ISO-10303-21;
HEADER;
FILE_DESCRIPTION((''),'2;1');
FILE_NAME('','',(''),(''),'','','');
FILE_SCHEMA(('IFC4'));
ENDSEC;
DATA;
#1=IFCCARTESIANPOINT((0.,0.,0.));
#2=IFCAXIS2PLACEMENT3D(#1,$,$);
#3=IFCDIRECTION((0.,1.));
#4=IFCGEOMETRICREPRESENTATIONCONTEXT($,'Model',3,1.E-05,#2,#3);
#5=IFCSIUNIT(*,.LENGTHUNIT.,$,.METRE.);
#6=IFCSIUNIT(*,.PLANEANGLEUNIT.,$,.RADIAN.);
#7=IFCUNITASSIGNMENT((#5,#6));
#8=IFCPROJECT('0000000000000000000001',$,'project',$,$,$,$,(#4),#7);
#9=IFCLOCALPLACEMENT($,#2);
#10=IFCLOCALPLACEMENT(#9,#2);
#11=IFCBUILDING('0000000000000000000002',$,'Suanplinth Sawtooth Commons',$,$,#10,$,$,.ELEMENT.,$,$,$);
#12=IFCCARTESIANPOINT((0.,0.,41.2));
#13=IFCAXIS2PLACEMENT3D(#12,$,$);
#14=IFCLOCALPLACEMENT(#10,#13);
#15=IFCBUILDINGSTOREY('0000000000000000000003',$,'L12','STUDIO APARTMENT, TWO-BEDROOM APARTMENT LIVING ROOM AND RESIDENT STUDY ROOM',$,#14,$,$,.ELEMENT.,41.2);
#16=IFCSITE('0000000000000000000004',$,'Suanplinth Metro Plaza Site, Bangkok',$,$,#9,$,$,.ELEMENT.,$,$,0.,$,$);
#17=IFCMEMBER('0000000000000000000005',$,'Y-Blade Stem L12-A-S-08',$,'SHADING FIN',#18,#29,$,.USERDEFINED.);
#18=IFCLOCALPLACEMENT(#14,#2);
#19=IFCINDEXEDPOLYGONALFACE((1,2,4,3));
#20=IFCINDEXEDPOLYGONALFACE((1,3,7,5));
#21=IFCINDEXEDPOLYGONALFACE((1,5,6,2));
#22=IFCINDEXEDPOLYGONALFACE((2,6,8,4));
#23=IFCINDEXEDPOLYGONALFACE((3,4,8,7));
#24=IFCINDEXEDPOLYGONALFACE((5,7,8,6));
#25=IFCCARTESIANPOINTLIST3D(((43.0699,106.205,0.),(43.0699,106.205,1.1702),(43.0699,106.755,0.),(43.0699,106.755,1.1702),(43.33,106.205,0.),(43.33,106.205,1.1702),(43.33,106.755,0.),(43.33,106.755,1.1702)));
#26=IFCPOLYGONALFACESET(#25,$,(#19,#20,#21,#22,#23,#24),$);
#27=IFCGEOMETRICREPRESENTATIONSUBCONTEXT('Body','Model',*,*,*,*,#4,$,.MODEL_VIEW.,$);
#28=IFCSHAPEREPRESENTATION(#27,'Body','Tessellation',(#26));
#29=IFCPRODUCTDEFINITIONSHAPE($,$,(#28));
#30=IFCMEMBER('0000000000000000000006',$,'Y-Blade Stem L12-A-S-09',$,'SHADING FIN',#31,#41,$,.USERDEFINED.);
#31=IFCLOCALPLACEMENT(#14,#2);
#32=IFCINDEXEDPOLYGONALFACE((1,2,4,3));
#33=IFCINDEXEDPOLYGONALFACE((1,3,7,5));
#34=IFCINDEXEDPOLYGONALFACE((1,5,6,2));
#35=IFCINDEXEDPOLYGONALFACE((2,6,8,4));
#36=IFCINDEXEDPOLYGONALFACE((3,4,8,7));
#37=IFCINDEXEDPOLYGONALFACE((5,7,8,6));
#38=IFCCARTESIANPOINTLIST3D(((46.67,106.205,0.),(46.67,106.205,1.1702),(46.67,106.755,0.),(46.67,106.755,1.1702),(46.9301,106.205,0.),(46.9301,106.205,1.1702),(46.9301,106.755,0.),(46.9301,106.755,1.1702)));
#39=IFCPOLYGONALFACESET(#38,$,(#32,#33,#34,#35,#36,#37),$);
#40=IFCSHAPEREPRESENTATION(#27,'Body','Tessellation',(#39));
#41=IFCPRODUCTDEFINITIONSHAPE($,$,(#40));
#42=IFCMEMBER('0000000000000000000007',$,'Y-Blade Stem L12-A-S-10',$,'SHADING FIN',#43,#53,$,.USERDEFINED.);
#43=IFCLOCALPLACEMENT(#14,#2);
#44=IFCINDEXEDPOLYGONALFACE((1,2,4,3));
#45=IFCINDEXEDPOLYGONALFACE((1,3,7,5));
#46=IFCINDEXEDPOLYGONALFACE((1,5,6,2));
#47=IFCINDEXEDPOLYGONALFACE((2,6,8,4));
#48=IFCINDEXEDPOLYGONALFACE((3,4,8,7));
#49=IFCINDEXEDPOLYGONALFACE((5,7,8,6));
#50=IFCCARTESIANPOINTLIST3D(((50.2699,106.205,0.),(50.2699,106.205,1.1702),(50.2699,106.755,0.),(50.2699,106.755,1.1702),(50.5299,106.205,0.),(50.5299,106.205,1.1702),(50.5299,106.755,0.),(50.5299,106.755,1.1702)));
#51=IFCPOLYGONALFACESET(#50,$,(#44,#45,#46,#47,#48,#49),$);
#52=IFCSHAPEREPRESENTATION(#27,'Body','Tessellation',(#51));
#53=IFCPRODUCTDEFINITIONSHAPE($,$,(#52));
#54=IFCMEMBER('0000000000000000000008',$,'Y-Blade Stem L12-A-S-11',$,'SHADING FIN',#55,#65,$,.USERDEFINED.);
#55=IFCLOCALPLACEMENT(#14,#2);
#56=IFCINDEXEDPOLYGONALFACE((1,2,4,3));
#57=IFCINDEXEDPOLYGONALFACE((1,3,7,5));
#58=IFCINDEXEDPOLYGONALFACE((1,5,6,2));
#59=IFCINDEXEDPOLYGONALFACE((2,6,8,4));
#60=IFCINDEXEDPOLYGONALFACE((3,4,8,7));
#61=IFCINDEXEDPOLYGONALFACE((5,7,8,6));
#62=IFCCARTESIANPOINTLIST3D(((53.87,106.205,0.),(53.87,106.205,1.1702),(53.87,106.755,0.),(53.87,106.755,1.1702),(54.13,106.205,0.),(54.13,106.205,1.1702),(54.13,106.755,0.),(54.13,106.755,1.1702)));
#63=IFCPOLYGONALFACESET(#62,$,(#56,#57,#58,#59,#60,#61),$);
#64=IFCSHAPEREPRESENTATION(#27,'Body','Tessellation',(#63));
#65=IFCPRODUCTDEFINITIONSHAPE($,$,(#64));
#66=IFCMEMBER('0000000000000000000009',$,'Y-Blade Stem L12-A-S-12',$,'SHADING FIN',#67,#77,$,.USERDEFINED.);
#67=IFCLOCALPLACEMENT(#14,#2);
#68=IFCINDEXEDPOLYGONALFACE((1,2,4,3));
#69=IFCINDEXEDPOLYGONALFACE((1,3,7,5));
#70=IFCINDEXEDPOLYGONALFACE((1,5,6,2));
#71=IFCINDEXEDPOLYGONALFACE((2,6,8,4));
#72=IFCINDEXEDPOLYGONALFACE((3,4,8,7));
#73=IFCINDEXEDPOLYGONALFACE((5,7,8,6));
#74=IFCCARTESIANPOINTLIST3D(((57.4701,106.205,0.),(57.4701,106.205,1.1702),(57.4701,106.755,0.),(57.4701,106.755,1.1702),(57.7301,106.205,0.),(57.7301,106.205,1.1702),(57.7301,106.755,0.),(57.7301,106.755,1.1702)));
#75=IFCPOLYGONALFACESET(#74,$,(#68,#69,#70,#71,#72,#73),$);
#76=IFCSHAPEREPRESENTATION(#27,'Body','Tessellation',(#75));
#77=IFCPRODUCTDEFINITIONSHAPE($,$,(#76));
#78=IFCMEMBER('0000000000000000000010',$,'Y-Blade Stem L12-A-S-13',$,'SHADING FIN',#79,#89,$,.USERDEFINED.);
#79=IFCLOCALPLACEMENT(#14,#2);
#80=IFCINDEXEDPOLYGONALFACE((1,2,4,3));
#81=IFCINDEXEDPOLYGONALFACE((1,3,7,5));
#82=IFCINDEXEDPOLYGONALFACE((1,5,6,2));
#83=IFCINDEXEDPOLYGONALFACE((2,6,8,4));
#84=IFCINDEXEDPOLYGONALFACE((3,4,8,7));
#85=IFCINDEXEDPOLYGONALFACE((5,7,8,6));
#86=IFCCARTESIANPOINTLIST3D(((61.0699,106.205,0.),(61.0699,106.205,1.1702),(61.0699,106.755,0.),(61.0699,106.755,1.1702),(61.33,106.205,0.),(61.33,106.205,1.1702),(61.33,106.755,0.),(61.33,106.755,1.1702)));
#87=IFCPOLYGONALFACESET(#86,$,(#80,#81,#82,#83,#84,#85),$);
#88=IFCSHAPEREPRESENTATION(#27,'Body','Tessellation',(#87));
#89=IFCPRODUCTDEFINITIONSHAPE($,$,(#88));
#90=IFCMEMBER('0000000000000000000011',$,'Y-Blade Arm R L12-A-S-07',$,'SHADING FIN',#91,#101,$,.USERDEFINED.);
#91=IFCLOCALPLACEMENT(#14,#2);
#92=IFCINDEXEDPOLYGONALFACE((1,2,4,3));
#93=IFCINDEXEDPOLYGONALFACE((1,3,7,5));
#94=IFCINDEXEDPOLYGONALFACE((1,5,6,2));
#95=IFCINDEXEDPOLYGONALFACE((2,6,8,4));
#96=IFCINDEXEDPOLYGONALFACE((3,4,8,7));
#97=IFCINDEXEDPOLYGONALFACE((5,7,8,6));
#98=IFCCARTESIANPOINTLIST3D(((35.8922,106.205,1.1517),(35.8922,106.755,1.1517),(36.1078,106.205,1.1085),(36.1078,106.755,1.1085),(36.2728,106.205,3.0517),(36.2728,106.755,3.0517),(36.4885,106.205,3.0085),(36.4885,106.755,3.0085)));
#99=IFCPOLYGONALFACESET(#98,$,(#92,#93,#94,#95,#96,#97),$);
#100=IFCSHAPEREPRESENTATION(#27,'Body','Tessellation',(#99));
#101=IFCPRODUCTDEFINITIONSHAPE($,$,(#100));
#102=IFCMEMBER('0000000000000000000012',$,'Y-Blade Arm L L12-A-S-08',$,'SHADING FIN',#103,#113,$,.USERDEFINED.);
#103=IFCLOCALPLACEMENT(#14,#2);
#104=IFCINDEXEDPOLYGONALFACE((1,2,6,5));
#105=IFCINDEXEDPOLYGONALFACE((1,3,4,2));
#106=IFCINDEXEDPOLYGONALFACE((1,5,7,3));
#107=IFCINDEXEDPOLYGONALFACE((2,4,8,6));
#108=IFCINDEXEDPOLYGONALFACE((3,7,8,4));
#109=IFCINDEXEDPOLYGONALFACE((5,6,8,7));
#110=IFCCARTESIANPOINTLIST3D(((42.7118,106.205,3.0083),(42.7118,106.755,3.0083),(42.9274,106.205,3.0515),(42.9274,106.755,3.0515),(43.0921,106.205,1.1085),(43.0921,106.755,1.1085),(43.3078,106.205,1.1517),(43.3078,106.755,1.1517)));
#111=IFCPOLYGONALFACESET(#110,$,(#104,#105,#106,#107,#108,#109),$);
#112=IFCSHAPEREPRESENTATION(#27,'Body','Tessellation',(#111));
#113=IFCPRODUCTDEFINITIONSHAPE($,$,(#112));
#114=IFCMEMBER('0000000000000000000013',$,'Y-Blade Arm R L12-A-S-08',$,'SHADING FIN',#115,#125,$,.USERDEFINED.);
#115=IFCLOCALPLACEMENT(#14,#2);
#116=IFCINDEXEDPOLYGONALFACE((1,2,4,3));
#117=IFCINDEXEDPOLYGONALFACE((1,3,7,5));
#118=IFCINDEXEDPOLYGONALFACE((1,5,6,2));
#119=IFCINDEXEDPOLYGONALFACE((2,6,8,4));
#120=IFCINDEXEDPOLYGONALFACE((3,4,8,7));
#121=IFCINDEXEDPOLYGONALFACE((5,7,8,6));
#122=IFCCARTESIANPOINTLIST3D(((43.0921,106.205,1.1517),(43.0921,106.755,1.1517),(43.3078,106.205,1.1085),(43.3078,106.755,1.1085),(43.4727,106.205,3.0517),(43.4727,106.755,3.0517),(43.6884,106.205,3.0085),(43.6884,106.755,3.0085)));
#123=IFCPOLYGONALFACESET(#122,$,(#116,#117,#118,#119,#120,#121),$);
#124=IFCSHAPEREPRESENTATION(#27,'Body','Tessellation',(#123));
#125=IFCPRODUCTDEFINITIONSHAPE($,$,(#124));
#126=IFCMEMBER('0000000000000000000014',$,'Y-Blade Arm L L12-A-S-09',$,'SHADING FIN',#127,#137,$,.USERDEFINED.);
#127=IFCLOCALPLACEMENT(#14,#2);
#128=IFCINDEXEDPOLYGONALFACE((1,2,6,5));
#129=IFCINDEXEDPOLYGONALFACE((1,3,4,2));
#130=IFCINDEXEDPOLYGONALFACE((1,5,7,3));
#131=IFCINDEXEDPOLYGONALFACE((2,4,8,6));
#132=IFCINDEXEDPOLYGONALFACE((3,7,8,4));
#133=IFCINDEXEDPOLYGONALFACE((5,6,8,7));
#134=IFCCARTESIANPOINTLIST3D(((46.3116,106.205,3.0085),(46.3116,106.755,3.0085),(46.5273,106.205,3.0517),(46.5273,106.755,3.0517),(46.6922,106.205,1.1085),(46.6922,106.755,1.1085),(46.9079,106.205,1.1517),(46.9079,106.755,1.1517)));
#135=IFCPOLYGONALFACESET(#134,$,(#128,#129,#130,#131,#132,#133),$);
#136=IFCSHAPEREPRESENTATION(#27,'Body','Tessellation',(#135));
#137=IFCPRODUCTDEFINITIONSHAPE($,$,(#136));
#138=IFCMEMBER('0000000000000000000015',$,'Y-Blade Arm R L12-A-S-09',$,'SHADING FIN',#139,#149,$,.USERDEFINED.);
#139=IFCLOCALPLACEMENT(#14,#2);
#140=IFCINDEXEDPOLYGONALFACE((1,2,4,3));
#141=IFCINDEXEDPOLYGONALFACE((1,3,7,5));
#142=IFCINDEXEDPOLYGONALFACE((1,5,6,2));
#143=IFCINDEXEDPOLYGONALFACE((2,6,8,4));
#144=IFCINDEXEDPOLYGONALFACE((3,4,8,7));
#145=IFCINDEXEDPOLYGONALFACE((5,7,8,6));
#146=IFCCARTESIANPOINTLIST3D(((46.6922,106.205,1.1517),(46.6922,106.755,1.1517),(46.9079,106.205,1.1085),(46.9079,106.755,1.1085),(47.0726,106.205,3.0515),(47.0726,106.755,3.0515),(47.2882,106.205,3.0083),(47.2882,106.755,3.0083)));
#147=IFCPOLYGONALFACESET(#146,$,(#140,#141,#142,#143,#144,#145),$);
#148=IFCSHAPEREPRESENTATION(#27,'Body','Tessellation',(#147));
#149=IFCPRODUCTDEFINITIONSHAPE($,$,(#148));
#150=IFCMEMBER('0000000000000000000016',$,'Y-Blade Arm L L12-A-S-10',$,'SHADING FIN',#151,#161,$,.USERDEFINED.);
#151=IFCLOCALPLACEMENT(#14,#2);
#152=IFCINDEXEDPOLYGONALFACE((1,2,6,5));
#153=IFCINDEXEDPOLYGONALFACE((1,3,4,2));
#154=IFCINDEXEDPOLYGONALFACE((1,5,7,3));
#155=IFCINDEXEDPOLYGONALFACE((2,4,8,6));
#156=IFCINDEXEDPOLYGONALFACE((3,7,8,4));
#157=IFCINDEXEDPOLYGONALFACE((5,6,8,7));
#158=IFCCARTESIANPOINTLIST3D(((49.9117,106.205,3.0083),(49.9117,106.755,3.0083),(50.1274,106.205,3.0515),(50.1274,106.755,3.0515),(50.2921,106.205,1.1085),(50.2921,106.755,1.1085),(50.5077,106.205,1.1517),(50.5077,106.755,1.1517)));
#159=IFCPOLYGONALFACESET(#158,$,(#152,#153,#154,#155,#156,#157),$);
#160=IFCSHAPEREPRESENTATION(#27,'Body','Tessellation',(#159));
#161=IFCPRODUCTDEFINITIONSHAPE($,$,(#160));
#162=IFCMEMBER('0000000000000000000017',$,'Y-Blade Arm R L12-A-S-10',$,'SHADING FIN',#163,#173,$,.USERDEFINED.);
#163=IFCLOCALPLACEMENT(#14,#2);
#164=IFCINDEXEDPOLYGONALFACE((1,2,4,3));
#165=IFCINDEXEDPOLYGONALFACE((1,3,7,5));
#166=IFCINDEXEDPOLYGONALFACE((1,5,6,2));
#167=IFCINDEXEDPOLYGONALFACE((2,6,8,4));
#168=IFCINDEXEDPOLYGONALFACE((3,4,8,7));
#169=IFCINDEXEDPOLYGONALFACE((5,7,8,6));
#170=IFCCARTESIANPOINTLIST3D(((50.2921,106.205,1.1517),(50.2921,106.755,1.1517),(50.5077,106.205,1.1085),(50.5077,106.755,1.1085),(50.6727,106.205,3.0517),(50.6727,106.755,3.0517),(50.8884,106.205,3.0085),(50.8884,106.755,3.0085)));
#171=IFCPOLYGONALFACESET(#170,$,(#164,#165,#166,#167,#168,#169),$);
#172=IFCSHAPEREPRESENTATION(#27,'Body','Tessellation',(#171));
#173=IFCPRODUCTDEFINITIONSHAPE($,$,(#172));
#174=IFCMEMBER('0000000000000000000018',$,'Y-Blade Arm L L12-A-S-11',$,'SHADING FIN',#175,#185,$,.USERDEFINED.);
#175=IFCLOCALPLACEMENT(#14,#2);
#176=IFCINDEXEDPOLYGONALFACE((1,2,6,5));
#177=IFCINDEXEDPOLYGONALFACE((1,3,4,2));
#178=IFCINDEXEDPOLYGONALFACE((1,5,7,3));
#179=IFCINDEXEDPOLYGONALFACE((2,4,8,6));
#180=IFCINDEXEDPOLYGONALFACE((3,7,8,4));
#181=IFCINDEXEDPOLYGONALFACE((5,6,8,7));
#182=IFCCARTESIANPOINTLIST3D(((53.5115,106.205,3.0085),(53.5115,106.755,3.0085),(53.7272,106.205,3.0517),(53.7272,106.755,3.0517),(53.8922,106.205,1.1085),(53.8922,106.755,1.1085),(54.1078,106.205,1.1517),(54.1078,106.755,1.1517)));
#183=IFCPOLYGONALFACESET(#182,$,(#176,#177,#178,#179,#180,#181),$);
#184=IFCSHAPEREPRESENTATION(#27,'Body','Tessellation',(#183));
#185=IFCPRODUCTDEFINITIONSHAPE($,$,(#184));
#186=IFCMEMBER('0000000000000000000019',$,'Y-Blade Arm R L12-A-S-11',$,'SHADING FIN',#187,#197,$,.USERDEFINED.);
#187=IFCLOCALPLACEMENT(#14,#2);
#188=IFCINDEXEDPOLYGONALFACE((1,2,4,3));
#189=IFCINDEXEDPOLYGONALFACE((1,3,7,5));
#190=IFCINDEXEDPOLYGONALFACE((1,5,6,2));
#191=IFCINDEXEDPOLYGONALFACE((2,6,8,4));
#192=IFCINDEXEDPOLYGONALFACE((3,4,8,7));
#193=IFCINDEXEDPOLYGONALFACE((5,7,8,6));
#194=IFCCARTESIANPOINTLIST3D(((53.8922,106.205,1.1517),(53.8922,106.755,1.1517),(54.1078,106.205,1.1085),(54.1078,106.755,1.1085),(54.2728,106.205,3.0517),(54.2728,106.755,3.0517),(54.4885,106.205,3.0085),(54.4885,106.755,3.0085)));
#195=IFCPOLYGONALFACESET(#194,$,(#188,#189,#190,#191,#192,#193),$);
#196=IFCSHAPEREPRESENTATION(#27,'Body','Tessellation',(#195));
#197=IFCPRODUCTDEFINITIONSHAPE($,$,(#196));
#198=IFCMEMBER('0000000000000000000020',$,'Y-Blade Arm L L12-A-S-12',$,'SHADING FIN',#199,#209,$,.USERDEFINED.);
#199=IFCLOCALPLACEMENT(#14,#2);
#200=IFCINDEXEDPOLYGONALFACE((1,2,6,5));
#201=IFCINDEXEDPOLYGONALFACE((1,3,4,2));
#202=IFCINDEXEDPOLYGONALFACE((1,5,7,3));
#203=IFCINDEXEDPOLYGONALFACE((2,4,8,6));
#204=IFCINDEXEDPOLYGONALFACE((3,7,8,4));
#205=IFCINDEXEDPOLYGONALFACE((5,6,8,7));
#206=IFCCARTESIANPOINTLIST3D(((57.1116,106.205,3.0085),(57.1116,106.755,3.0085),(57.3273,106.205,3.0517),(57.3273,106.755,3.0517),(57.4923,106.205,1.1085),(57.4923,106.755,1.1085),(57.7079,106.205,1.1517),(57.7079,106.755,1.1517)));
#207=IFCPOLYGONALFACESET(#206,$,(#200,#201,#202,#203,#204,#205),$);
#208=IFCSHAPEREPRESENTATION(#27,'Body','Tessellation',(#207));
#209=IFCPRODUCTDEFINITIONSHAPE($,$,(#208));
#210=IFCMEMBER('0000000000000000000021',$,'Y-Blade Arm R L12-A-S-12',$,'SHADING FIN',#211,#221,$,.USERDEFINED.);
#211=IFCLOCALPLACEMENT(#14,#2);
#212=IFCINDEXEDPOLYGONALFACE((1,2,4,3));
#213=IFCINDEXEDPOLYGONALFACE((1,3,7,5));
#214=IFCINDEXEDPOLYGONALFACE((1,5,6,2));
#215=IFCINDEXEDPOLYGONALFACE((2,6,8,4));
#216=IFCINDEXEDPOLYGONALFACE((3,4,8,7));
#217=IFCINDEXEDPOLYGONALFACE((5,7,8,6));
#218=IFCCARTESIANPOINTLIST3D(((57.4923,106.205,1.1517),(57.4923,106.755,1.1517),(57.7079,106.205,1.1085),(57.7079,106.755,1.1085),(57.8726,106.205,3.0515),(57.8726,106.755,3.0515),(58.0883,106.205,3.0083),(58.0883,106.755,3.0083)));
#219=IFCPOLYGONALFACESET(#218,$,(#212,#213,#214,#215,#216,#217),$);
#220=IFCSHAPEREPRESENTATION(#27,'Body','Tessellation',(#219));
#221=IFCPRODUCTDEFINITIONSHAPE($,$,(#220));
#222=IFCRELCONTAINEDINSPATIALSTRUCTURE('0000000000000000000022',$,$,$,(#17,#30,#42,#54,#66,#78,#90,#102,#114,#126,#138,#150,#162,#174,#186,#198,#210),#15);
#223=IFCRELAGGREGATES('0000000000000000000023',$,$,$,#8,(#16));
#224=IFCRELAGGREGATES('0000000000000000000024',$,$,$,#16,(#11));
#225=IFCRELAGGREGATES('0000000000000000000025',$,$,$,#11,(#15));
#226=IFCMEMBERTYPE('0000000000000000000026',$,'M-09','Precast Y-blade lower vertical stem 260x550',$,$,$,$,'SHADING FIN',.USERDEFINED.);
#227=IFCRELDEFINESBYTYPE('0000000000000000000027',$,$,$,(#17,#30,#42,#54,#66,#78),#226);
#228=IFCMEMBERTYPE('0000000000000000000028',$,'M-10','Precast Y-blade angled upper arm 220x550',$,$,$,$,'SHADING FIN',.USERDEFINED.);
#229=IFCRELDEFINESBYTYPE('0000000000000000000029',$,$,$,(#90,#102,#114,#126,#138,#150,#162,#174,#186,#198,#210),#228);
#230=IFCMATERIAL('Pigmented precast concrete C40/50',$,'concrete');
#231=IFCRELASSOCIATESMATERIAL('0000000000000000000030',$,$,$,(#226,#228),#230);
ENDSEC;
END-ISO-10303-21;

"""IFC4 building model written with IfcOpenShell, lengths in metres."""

from ifc_helpers import new_model, si_unit, direction, frame, origin, origin_2d, place, context, subcontext, project, spatial, rectangle, extrude, material, material_profile, profile_set, type_object, element, save


model = new_model("IFC4")

# Units and contexts
model_context = context("Model", 3, precision=1e-05, world=origin(), true_north=direction((0.0, 1.0)))
body_context = subcontext(model_context, "Body", "Model", "MODEL_VIEW")
ifc_project = project(units=[si_unit("LENGTHUNIT", "METRE"), si_unit("PLANEANGLEUNIT", "RADIAN")], contexts=[model_context])

# Site, building, storey
site_placement = place(None, origin())
site = spatial("IfcSite", under=ifc_project, at=site_placement, Name="Suanplinth Metro Plaza Site, Bangkok", CompositionType="ELEMENT", RefElevation=0.0)
building_placement = place(site_placement, origin())
building = spatial("IfcBuilding", under=site, at=building_placement, Name="Suanplinth Sawtooth Commons", CompositionType="ELEMENT")
storey_placement = place(building_placement, frame((0.0, 0.0, 41.2)))
storey = spatial("IfcBuildingStorey", under=building, at=storey_placement, Name="L12", Description="STUDIO APARTMENT, TWO-BEDROOM APARTMENT LIVING ROOM AND RESIDENT STUDY ROOM", CompositionType="ELEMENT", Elevation=41.2)

# Members
ifc_material = material(Name="Pigmented precast concrete C40/50", Category="concrete")
ifc_material_profile_1 = material_profile(ifc_material, rectangle(XDim=0.26, YDim=0.55, at=origin_2d()), Name="PC-FIN 260x550")
ifc_profile_set_1 = profile_set([ifc_material_profile_1], Name="Pigmented precast concrete C40/50")
member_type_1 = type_object("IfcMemberType", Name="M-09", Description="Precast Y-blade lower vertical stem 260x550", ElementType="SHADING FIN", PredefinedType="USERDEFINED", material=ifc_profile_set_1)
for number, where, z_axis, x_axis, name in (
    (1, (43.2, 106.48, 0.0), (0.0, 0.0, 1.0), (1.0, 0.0, 0.0), "Y-Blade Stem L12-A-S-08"),
    (2, (46.8, 106.48, 0.0), (0.0, 0.0, 1.0), (1.0, 0.0, 0.0), "Y-Blade Stem L12-A-S-09"),
    (3, (50.3999, 106.48, 0.0), (0.0, 0.0, 1.0), (1.0, 0.0, 0.0), "Y-Blade Stem L12-A-S-10"),
    (4, (54.0, 106.48, 0.0), (0.0, 0.0, 1.0), (1.0, 0.0, 0.0), "Y-Blade Stem L12-A-S-11"),
    (5, (57.6001, 106.48, 0.0), (0.0, 0.0, 1.0), (1.0, 0.0, 0.0), "Y-Blade Stem L12-A-S-12"),
    (6, (61.2, 106.48, 0.0), (0.0, 0.0, 1.0), (1.0, 0.0, 0.0), "Y-Blade Stem L12-A-S-13"),
):
    element("IfcMember", number, at=place(storey_placement, frame(where, z_axis=z_axis, x_axis=x_axis)), inside=storey, type_object=member_type_1, Name=name, ObjectType="SHADING FIN", PredefinedType="USERDEFINED", context=body_context, shape_type="SweptSolid", body=[
        extrude(rectangle(XDim=0.26, YDim=0.55, at=origin_2d()), origin(), (0.0, 0.0, 1.0), 1.1702),
    ])
ifc_material_profile_2 = material_profile(ifc_material, rectangle(XDim=0.22, YDim=0.55, at=origin_2d()), Name="PC-FIN 220x550")
ifc_profile_set_2 = profile_set([ifc_material_profile_2], Name="Pigmented precast concrete C40/50")
member_type_2 = type_object("IfcMemberType", Name="M-10", Description="Precast Y-blade angled upper arm 220x550", ElementType="SHADING FIN", PredefinedType="USERDEFINED", material=ifc_profile_set_2)
member_1_placement = place(storey_placement, frame((36.0, 106.48, 1.1301), z_axis=(0.196431, 0.0, 0.980518), x_axis=(-0.980518, 0.0, 0.196431)))
element("IfcMember", 7, at=member_1_placement, inside=storey, type_object=member_type_2, Name="Y-Blade Arm R L12-A-S-07", ObjectType="SHADING FIN", PredefinedType="USERDEFINED", context=body_context, shape_type="SweptSolid", body=[
    extrude(rectangle(XDim=0.22, YDim=0.55, at=origin_2d()), origin(), (0.0, 0.0, 1.0), 1.9377),
])
member_2_placement = place(storey_placement, frame((43.2, 106.48, 1.1301), z_axis=(-0.19631, 0.0, 0.980542), x_axis=(0.980542, 0.0, 0.19631)))
element("IfcMember", 8, at=member_2_placement, inside=storey, type_object=member_type_2, Name="Y-Blade Arm L L12-A-S-08", ObjectType="SHADING FIN", PredefinedType="USERDEFINED", context=body_context, shape_type="SweptSolid", body=[
    extrude(rectangle(XDim=0.22, YDim=0.55, at=origin_2d()), origin(), (0.0, 0.0, 1.0), 1.9375),
])
for number, where, z_axis, x_axis, name in (
    (9, (43.2, 106.48, 1.1301), (0.196431, 0.0, 0.980518), (-0.980518, 0.0, 0.196431), "Y-Blade Arm R L12-A-S-08"),
    (10, (46.8, 106.48, 1.1301), (-0.196431, 0.0, 0.980518), (0.980518, 0.0, 0.196431), "Y-Blade Arm L L12-A-S-09"),
):
    element("IfcMember", number, at=place(storey_placement, frame(where, z_axis=z_axis, x_axis=x_axis)), inside=storey, type_object=member_type_2, Name=name, ObjectType="SHADING FIN", PredefinedType="USERDEFINED", context=body_context, shape_type="SweptSolid", body=[
        extrude(rectangle(XDim=0.22, YDim=0.55, at=origin_2d()), origin(), (0.0, 0.0, 1.0), 1.9377),
    ])
for number, where, z_axis, x_axis, name in (
    (11, (46.8, 106.48, 1.1301), (0.19631, 0.0, 0.980542), (-0.980542, 0.0, 0.19631), "Y-Blade Arm R L12-A-S-09"),
    (12, (50.3999, 106.48, 1.1301), (-0.19631, 0.0, 0.980542), (0.980542, 0.0, 0.19631), "Y-Blade Arm L L12-A-S-10"),
):
    element("IfcMember", number, at=place(storey_placement, frame(where, z_axis=z_axis, x_axis=x_axis)), inside=storey, type_object=member_type_2, Name=name, ObjectType="SHADING FIN", PredefinedType="USERDEFINED", context=body_context, shape_type="SweptSolid", body=[
        extrude(rectangle(XDim=0.22, YDim=0.55, at=origin_2d()), origin(), (0.0, 0.0, 1.0), 1.9375),
    ])
for number, where, z_axis, x_axis, name in (
    (13, (50.3999, 106.48, 1.1301), (0.196431, 0.0, 0.980518), (-0.980518, 0.0, 0.196431), "Y-Blade Arm R L12-A-S-10"),
    (14, (54.0, 106.48, 1.1301), (-0.196431, 0.0, 0.980518), (0.980518, 0.0, 0.196431), "Y-Blade Arm L L12-A-S-11"),
    (15, (54.0, 106.48, 1.1301), (0.196431, 0.0, 0.980518), (-0.980518, 0.0, 0.196431), "Y-Blade Arm R L12-A-S-11"),
    (16, (57.6001, 106.48, 1.1301), (-0.196431, 0.0, 0.980518), (0.980518, 0.0, 0.196431), "Y-Blade Arm L L12-A-S-12"),
):
    element("IfcMember", number, at=place(storey_placement, frame(where, z_axis=z_axis, x_axis=x_axis)), inside=storey, type_object=member_type_2, Name=name, ObjectType="SHADING FIN", PredefinedType="USERDEFINED", context=body_context, shape_type="SweptSolid", body=[
        extrude(rectangle(XDim=0.22, YDim=0.55, at=origin_2d()), origin(), (0.0, 0.0, 1.0), 1.9377),
    ])
member_3_placement = place(storey_placement, frame((57.6001, 106.48, 1.1301), z_axis=(0.19631, 0.0, 0.980542), x_axis=(-0.980542, 0.0, 0.19631)))
element("IfcMember", 17, at=member_3_placement, inside=storey, type_object=member_type_2, Name="Y-Blade Arm R L12-A-S-12", ObjectType="SHADING FIN", PredefinedType="USERDEFINED", context=body_context, shape_type="SweptSolid", body=[
    extrude(rectangle(XDim=0.22, YDim=0.55, at=origin_2d()), origin(), (0.0, 0.0, 1.0), 1.9375),
])

save(model, "model.ifc")
